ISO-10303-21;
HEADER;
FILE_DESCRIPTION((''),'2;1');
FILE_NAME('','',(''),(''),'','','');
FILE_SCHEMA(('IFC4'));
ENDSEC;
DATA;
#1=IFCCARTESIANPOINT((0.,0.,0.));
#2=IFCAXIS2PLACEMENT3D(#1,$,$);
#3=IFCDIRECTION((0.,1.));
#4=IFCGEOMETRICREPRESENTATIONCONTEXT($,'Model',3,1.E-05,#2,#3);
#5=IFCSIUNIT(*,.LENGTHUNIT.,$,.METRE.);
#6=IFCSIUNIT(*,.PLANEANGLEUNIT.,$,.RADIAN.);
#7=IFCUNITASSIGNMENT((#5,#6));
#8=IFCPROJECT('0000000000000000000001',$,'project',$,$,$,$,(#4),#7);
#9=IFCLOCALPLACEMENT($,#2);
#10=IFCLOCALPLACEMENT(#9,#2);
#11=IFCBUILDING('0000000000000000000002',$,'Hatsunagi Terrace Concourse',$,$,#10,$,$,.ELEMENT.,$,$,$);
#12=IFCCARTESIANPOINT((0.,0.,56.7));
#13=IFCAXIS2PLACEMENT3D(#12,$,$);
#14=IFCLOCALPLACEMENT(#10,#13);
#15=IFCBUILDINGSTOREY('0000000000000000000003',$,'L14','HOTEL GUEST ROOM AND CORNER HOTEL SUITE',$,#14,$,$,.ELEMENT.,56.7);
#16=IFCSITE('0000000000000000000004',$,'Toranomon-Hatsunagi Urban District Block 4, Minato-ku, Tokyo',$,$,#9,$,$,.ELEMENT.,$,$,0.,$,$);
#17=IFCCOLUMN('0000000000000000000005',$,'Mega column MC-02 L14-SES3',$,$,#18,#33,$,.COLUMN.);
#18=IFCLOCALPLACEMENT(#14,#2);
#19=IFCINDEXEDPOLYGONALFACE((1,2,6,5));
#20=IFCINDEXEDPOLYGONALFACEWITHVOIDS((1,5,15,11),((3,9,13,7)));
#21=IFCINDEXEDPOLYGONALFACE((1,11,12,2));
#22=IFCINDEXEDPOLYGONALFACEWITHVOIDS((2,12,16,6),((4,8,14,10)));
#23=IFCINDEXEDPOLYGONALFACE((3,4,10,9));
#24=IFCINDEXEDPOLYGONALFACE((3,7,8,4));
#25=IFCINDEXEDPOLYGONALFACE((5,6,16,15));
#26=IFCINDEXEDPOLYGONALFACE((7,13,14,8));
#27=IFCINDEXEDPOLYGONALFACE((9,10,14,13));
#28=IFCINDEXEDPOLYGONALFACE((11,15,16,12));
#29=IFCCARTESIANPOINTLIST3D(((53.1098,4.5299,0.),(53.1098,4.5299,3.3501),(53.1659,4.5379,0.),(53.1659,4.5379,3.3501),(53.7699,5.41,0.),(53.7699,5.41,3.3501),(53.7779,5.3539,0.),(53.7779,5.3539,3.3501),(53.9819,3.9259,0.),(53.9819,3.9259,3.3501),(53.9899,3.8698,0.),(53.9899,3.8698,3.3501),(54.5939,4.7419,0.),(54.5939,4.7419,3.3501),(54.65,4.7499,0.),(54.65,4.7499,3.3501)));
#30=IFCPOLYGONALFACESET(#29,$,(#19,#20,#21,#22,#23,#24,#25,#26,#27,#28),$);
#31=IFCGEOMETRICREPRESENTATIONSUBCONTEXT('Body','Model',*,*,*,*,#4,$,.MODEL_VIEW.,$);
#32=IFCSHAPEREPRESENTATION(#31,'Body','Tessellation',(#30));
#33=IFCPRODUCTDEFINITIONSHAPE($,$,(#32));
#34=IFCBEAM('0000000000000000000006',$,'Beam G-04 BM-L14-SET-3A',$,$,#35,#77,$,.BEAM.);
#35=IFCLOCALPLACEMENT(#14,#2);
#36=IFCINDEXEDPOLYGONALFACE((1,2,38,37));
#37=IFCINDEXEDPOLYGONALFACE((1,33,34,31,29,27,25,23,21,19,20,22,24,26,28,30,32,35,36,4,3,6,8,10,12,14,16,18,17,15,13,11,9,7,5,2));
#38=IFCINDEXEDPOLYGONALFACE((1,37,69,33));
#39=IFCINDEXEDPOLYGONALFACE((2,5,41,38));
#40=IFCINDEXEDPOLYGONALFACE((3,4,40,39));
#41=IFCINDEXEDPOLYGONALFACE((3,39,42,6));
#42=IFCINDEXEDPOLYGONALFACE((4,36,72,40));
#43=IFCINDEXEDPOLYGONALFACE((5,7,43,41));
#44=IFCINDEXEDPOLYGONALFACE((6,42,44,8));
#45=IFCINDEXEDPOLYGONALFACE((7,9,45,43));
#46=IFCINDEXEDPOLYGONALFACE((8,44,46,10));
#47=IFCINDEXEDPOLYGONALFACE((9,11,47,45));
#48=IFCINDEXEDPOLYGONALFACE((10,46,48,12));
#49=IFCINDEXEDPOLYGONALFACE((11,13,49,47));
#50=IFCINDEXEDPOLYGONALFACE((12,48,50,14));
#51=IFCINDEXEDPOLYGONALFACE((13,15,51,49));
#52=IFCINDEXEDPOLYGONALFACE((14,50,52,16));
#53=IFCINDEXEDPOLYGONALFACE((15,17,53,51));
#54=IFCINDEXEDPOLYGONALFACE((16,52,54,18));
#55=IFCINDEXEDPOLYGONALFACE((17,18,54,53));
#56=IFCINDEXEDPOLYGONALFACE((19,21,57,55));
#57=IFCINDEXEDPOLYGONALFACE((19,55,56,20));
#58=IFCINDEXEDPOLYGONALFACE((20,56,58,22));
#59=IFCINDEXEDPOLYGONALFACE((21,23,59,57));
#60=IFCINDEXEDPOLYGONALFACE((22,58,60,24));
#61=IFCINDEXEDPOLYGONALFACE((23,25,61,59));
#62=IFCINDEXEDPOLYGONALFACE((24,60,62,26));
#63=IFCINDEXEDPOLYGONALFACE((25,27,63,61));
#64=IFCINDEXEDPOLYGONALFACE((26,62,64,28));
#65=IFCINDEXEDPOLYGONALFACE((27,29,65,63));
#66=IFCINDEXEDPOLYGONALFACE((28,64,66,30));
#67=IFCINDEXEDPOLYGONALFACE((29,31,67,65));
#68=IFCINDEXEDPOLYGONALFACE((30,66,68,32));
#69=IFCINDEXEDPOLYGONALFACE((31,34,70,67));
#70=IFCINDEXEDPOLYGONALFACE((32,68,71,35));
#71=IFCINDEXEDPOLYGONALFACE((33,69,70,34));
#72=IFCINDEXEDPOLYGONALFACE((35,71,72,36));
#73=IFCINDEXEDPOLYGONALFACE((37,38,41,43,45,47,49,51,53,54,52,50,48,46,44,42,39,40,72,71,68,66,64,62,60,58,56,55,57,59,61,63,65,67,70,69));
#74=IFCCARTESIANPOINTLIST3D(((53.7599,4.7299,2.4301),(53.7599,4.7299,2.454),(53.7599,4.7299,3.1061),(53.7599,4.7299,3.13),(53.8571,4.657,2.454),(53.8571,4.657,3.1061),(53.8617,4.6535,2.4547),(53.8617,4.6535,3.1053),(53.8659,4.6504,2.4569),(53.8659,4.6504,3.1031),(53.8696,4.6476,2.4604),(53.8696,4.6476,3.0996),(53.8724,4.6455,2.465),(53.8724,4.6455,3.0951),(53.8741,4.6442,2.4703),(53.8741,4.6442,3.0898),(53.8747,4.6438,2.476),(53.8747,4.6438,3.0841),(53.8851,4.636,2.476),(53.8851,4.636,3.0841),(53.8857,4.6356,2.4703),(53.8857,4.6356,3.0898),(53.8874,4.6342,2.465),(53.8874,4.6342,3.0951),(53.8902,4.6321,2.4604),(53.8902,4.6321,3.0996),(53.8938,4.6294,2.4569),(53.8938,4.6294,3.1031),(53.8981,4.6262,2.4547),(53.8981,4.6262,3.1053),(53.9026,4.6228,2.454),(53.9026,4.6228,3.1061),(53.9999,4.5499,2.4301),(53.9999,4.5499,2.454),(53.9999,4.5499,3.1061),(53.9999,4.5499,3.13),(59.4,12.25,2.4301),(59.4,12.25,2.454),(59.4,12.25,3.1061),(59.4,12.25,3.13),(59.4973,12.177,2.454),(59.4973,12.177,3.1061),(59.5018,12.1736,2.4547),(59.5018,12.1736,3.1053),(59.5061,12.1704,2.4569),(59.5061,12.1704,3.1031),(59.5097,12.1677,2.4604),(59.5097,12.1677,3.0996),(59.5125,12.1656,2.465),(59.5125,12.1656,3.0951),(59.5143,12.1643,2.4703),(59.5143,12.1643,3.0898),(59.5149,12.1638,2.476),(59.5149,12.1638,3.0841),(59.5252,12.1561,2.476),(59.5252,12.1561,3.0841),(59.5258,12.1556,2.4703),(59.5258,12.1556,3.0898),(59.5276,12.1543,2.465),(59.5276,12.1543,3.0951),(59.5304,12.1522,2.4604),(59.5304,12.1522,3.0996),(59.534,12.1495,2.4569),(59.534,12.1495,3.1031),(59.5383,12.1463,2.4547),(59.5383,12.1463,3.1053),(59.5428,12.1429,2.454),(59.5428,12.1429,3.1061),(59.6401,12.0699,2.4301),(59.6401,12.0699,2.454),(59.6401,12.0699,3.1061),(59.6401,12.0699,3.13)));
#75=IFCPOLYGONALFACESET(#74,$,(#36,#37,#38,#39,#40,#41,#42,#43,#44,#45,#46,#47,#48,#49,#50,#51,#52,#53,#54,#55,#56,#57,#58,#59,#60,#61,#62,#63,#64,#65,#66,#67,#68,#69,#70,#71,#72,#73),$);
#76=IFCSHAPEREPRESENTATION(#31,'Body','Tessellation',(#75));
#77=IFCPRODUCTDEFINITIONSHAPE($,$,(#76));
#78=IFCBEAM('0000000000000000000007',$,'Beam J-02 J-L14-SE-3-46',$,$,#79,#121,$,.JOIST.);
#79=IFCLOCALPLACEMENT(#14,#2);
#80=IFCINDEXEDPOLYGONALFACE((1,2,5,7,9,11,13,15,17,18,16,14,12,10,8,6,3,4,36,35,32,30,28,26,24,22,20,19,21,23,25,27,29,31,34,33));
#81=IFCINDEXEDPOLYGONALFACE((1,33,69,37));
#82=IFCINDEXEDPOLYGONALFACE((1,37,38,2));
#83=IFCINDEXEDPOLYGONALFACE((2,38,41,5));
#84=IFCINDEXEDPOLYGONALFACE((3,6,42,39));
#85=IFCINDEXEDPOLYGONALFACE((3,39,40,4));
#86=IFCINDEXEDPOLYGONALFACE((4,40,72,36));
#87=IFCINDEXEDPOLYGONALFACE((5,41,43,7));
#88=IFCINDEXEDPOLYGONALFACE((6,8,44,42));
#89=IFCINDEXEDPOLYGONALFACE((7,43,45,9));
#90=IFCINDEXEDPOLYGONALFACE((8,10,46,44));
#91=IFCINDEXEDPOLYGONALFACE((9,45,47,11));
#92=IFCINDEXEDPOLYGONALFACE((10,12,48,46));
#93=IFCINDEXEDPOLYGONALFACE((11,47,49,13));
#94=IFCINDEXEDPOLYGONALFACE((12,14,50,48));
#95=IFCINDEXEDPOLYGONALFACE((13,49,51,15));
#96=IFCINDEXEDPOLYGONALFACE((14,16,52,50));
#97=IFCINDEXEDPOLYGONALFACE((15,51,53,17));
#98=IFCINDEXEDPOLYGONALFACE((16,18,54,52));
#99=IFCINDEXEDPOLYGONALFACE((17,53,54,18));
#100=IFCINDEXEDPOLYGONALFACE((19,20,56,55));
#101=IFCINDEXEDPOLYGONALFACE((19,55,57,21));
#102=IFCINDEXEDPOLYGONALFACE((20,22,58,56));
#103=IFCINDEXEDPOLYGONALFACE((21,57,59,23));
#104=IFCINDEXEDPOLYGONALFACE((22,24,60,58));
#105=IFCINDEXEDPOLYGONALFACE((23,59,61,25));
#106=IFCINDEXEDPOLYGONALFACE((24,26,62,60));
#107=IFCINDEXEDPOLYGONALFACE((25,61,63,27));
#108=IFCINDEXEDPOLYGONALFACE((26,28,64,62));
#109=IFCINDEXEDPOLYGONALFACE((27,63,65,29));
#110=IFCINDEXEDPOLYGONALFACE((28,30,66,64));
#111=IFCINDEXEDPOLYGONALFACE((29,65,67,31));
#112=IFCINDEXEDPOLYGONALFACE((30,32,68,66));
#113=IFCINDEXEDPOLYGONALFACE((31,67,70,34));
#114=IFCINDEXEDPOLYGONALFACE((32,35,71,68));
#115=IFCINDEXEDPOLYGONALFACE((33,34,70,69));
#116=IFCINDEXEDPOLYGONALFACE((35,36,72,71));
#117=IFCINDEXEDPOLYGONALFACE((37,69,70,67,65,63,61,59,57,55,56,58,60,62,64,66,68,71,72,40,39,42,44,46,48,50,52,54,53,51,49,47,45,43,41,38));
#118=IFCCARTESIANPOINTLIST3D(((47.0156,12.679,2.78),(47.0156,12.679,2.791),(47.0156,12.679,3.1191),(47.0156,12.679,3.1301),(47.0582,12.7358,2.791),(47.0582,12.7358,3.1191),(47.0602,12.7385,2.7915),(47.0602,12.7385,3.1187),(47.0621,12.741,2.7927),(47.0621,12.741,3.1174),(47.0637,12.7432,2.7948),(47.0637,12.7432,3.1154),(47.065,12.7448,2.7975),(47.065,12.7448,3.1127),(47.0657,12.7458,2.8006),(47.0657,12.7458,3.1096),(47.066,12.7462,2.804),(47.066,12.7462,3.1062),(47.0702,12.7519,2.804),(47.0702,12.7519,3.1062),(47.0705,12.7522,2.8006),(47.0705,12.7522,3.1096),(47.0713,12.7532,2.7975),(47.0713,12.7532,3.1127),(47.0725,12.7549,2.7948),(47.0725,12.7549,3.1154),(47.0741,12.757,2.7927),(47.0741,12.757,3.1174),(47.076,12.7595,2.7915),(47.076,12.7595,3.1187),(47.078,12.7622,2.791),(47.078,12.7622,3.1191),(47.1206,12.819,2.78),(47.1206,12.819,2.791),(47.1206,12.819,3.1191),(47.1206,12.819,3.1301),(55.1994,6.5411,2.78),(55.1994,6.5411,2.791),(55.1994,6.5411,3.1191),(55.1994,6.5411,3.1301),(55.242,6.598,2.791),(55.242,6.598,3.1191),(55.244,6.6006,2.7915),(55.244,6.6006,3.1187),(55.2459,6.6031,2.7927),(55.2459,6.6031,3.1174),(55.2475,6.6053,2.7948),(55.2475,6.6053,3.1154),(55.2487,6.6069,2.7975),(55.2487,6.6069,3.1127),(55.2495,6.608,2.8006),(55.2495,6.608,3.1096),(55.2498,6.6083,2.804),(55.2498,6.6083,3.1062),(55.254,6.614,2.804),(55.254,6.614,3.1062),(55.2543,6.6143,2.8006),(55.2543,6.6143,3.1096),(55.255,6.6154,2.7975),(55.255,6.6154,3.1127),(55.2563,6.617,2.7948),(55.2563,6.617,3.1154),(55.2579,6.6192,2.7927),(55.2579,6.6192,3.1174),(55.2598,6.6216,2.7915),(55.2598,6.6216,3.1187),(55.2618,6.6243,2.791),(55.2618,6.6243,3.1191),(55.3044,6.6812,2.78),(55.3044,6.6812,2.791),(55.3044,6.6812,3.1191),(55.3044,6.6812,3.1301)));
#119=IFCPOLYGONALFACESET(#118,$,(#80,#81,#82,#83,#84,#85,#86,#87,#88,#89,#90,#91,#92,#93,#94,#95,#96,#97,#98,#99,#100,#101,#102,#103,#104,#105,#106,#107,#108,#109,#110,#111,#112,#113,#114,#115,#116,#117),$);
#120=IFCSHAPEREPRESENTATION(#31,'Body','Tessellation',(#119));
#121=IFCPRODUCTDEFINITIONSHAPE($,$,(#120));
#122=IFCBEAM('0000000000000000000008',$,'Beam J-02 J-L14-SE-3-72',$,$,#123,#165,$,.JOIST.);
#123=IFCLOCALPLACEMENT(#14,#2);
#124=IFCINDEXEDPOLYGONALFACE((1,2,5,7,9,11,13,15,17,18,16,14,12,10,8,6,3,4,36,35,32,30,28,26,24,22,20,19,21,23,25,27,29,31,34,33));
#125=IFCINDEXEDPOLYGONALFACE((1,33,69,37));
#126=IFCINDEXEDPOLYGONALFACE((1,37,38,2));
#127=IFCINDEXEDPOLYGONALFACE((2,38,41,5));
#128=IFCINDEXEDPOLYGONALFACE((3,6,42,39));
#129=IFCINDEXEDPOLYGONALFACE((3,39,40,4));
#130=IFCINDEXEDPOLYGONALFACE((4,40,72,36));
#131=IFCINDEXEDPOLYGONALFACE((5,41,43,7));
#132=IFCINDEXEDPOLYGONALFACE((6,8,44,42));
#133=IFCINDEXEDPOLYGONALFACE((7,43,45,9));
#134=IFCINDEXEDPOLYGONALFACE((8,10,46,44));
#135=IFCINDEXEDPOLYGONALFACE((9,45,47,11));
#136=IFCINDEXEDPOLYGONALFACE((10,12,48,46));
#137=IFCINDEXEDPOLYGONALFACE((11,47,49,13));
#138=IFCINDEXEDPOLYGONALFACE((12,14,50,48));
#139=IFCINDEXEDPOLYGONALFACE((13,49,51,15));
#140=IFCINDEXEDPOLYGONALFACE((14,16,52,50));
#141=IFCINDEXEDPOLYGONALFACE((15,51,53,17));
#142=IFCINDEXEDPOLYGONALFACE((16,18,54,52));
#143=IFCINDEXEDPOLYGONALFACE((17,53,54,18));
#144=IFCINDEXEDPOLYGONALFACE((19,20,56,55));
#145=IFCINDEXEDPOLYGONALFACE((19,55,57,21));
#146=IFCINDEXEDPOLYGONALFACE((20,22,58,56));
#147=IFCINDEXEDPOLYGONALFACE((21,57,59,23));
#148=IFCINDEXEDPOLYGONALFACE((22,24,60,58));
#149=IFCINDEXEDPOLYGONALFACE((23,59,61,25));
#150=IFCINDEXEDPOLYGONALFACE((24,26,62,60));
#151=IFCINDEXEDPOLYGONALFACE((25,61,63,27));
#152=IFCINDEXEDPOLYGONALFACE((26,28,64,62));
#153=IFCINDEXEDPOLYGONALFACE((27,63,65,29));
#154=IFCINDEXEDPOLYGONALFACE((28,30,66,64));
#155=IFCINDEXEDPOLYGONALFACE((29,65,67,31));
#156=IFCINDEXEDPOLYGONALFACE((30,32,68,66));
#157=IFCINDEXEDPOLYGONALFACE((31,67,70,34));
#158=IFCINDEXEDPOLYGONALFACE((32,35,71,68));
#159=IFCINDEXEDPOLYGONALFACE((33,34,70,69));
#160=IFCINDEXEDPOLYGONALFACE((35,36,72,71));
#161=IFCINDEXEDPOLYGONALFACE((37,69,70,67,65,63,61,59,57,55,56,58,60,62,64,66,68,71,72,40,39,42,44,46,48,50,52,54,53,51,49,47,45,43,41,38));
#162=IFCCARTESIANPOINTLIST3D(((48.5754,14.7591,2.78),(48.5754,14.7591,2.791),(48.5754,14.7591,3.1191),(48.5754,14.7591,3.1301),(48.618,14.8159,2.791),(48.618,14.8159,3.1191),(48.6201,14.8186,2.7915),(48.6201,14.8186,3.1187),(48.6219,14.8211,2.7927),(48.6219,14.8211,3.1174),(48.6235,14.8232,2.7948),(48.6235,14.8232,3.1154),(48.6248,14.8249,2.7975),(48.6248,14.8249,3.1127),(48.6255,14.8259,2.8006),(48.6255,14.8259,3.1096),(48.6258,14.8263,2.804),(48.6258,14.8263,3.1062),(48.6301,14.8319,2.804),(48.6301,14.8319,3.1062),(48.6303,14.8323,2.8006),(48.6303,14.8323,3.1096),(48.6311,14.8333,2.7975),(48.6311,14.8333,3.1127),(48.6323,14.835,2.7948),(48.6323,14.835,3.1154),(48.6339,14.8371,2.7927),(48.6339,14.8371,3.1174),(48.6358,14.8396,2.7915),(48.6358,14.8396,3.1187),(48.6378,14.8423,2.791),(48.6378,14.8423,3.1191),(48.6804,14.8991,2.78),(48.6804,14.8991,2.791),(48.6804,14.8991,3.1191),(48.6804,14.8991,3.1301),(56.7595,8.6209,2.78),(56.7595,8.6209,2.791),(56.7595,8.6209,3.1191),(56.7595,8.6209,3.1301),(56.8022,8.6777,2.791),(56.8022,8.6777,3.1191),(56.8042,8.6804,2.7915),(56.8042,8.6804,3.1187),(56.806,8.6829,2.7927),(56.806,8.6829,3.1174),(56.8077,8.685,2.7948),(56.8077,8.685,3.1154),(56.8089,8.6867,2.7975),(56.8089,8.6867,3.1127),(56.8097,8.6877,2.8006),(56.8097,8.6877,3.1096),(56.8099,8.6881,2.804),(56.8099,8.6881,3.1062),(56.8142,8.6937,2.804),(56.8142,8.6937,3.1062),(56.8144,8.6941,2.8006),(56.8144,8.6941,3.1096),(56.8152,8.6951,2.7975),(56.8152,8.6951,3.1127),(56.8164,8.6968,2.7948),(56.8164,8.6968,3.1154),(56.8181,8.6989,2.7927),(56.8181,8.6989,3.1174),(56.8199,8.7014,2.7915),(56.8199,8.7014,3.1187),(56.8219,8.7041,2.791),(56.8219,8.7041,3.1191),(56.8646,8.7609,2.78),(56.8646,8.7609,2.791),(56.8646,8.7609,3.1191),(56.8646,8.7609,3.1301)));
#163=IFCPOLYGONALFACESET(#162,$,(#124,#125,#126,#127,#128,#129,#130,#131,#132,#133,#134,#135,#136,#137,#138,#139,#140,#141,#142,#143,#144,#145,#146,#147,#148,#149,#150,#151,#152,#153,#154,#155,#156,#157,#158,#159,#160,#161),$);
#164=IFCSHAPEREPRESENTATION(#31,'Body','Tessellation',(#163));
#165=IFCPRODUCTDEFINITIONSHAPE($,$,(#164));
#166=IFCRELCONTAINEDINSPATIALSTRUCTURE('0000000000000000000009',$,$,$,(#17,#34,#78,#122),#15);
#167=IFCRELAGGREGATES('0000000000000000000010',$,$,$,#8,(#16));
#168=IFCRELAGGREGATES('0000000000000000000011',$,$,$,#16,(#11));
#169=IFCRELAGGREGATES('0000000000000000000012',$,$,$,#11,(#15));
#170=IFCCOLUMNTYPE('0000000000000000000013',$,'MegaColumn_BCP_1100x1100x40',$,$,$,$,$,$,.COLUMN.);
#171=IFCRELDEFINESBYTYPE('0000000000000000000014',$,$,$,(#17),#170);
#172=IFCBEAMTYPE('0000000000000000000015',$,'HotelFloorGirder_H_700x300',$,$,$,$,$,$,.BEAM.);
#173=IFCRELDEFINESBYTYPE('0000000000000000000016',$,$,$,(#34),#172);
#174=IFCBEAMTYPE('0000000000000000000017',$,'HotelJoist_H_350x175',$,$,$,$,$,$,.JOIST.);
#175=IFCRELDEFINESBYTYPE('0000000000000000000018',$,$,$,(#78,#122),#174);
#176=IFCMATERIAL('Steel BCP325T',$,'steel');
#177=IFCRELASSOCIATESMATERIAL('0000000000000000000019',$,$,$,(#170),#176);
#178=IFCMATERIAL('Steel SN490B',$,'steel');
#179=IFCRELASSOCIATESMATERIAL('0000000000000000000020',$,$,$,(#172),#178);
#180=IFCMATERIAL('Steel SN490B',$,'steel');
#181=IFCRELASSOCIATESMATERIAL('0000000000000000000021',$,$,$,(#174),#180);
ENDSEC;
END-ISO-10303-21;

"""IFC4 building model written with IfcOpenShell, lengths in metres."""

from ifc_helpers import new_model, si_unit, direction, frame, origin, origin_2d, place, context, subcontext, project, spatial, hollow_rectangle, i_section, extrude, material, material_profile, profile_set, type_object, element, save


model = new_model("IFC4")

# Units and contexts
model_context = context("Model", 3, precision=1e-05, world=origin(), true_north=direction((0.0, 1.0)))
body_context = subcontext(model_context, "Body", "Model", "MODEL_VIEW")
ifc_project = project(units=[si_unit("LENGTHUNIT", "METRE"), si_unit("PLANEANGLEUNIT", "RADIAN")], contexts=[model_context])

# Site, building, storey
site_placement = place(None, origin())
site = spatial("IfcSite", under=ifc_project, at=site_placement, Name="Toranomon-Hatsunagi Urban District Block 4, Minato-ku, Tokyo", CompositionType="ELEMENT", RefElevation=0.0)
building_placement = place(site_placement, origin())
building = spatial("IfcBuilding", under=site, at=building_placement, Name="Hatsunagi Terrace Concourse", CompositionType="ELEMENT")
storey_placement = place(building_placement, frame((0.0, 0.0, 56.7)))
storey = spatial("IfcBuildingStorey", under=building, at=storey_placement, Name="L14", Description="HOTEL GUEST ROOM AND CORNER HOTEL SUITE", CompositionType="ELEMENT", Elevation=56.7)

# Column
ifc_material_1 = material(Name="Steel BCP325T", Category="steel")
ifc_material_profile_1 = material_profile(ifc_material_1, hollow_rectangle(XDim=1.1001, YDim=1.1001, WallThickness=0.04, at=origin_2d()), Name="BCP-1100x1100x40")
ifc_profile_set_1 = profile_set([ifc_material_profile_1], Name="Steel BCP325T")
column_type = type_object("IfcColumnType", Name="MegaColumn_BCP_1100x1100x40", PredefinedType="COLUMN", material=ifc_profile_set_1)
column_placement = place(storey_placement, frame((53.8799, 4.6399, 0.0), z_axis=(0.0, 0.0, 1.0), x_axis=(0.8, -0.6, 0.0)))
element("IfcColumn", 1, at=column_placement, inside=storey, type_object=column_type, Name="Mega column MC-02 L14-SES3", PredefinedType="COLUMN", context=body_context, shape_type="SweptSolid", body=[
    extrude(hollow_rectangle(XDim=1.1001, YDim=1.1001, WallThickness=0.04, at=origin_2d()), origin(), (0.0, 0.0, 1.0), 3.3501),
])

# Beams
ifc_material_2 = material(Name="Steel SN490B", Category="steel")
ifc_material_profile_2 = material_profile(ifc_material_2, i_section(OverallWidth=0.3, OverallDepth=0.7, WebThickness=0.0129, FlangeThickness=0.0239, FilletRadius=0.022, at=origin_2d()), Name="H-700x300x13x24")
ifc_profile_set_2 = profile_set([ifc_material_profile_2], Name="Steel SN490B")
beam_type_1 = type_object("IfcBeamType", Name="HotelFloorGirder_H_700x300", PredefinedType="BEAM", material=ifc_profile_set_2)
beam_1_placement = place(storey_placement, frame((53.8799, 4.6399, 2.78), z_axis=(0.600008, 0.799994, 0.0), x_axis=(-0.799994, 0.600008, 0.0)))
element("IfcBeam", 2, at=beam_1_placement, inside=storey, type_object=beam_type_1, Name="Beam G-04 BM-L14-SET-3A", PredefinedType="BEAM", context=body_context, shape_type="SweptSolid", body=[
    extrude(i_section(OverallWidth=0.3, OverallDepth=0.7, WebThickness=0.0129, FlangeThickness=0.0239, FilletRadius=0.022, at=origin_2d()), origin(), (0.0, 0.0, 1.0), 9.4001),
])
ifc_material_3 = material(Name="Steel SN490B", Category="steel")
ifc_material_profile_3 = material_profile(ifc_material_3, i_section(OverallWidth=0.175, OverallDepth=0.3501, WebThickness=0.0071, FlangeThickness=0.011, FilletRadius=0.0129, at=origin_2d()), Name="H-350x175x7x11")
ifc_profile_set_3 = profile_set([ifc_material_profile_3], Name="Steel SN490B")
beam_type_2 = type_object("IfcBeamType", Name="HotelJoist_H_350x175", PredefinedType="JOIST", material=ifc_profile_set_3)
beam_2_placement = place(storey_placement, frame((47.0681, 12.749, 2.9551), z_axis=(0.799997, -0.600004, 0.0), x_axis=(0.600004, 0.799997, 0.0)))
element("IfcBeam", 3, at=beam_2_placement, inside=storey, type_object=beam_type_2, Name="Beam J-02 J-L14-SE-3-46", PredefinedType="JOIST", context=body_context, shape_type="SweptSolid", body=[
    extrude(i_section(OverallWidth=0.175, OverallDepth=0.3501, WebThickness=0.0071, FlangeThickness=0.011, FilletRadius=0.0129, at=origin_2d()), origin(), (0.0, 0.0, 1.0), 10.2297),
])
beam_3_placement = place(storey_placement, frame((48.6279, 14.8291, 2.9551), z_axis=(0.799994, -0.600008, 0.0), x_axis=(0.600008, 0.799994, 0.0)))
element("IfcBeam", 4, at=beam_3_placement, inside=storey, type_object=beam_type_2, Name="Beam J-02 J-L14-SE-3-72", PredefinedType="JOIST", context=body_context, shape_type="SweptSolid", body=[
    extrude(i_section(OverallWidth=0.175, OverallDepth=0.3501, WebThickness=0.0071, FlangeThickness=0.011, FilletRadius=0.0129, at=origin_2d()), origin(), (0.0, 0.0, 1.0), 10.2302),
])

save(model, "model.ifc")
